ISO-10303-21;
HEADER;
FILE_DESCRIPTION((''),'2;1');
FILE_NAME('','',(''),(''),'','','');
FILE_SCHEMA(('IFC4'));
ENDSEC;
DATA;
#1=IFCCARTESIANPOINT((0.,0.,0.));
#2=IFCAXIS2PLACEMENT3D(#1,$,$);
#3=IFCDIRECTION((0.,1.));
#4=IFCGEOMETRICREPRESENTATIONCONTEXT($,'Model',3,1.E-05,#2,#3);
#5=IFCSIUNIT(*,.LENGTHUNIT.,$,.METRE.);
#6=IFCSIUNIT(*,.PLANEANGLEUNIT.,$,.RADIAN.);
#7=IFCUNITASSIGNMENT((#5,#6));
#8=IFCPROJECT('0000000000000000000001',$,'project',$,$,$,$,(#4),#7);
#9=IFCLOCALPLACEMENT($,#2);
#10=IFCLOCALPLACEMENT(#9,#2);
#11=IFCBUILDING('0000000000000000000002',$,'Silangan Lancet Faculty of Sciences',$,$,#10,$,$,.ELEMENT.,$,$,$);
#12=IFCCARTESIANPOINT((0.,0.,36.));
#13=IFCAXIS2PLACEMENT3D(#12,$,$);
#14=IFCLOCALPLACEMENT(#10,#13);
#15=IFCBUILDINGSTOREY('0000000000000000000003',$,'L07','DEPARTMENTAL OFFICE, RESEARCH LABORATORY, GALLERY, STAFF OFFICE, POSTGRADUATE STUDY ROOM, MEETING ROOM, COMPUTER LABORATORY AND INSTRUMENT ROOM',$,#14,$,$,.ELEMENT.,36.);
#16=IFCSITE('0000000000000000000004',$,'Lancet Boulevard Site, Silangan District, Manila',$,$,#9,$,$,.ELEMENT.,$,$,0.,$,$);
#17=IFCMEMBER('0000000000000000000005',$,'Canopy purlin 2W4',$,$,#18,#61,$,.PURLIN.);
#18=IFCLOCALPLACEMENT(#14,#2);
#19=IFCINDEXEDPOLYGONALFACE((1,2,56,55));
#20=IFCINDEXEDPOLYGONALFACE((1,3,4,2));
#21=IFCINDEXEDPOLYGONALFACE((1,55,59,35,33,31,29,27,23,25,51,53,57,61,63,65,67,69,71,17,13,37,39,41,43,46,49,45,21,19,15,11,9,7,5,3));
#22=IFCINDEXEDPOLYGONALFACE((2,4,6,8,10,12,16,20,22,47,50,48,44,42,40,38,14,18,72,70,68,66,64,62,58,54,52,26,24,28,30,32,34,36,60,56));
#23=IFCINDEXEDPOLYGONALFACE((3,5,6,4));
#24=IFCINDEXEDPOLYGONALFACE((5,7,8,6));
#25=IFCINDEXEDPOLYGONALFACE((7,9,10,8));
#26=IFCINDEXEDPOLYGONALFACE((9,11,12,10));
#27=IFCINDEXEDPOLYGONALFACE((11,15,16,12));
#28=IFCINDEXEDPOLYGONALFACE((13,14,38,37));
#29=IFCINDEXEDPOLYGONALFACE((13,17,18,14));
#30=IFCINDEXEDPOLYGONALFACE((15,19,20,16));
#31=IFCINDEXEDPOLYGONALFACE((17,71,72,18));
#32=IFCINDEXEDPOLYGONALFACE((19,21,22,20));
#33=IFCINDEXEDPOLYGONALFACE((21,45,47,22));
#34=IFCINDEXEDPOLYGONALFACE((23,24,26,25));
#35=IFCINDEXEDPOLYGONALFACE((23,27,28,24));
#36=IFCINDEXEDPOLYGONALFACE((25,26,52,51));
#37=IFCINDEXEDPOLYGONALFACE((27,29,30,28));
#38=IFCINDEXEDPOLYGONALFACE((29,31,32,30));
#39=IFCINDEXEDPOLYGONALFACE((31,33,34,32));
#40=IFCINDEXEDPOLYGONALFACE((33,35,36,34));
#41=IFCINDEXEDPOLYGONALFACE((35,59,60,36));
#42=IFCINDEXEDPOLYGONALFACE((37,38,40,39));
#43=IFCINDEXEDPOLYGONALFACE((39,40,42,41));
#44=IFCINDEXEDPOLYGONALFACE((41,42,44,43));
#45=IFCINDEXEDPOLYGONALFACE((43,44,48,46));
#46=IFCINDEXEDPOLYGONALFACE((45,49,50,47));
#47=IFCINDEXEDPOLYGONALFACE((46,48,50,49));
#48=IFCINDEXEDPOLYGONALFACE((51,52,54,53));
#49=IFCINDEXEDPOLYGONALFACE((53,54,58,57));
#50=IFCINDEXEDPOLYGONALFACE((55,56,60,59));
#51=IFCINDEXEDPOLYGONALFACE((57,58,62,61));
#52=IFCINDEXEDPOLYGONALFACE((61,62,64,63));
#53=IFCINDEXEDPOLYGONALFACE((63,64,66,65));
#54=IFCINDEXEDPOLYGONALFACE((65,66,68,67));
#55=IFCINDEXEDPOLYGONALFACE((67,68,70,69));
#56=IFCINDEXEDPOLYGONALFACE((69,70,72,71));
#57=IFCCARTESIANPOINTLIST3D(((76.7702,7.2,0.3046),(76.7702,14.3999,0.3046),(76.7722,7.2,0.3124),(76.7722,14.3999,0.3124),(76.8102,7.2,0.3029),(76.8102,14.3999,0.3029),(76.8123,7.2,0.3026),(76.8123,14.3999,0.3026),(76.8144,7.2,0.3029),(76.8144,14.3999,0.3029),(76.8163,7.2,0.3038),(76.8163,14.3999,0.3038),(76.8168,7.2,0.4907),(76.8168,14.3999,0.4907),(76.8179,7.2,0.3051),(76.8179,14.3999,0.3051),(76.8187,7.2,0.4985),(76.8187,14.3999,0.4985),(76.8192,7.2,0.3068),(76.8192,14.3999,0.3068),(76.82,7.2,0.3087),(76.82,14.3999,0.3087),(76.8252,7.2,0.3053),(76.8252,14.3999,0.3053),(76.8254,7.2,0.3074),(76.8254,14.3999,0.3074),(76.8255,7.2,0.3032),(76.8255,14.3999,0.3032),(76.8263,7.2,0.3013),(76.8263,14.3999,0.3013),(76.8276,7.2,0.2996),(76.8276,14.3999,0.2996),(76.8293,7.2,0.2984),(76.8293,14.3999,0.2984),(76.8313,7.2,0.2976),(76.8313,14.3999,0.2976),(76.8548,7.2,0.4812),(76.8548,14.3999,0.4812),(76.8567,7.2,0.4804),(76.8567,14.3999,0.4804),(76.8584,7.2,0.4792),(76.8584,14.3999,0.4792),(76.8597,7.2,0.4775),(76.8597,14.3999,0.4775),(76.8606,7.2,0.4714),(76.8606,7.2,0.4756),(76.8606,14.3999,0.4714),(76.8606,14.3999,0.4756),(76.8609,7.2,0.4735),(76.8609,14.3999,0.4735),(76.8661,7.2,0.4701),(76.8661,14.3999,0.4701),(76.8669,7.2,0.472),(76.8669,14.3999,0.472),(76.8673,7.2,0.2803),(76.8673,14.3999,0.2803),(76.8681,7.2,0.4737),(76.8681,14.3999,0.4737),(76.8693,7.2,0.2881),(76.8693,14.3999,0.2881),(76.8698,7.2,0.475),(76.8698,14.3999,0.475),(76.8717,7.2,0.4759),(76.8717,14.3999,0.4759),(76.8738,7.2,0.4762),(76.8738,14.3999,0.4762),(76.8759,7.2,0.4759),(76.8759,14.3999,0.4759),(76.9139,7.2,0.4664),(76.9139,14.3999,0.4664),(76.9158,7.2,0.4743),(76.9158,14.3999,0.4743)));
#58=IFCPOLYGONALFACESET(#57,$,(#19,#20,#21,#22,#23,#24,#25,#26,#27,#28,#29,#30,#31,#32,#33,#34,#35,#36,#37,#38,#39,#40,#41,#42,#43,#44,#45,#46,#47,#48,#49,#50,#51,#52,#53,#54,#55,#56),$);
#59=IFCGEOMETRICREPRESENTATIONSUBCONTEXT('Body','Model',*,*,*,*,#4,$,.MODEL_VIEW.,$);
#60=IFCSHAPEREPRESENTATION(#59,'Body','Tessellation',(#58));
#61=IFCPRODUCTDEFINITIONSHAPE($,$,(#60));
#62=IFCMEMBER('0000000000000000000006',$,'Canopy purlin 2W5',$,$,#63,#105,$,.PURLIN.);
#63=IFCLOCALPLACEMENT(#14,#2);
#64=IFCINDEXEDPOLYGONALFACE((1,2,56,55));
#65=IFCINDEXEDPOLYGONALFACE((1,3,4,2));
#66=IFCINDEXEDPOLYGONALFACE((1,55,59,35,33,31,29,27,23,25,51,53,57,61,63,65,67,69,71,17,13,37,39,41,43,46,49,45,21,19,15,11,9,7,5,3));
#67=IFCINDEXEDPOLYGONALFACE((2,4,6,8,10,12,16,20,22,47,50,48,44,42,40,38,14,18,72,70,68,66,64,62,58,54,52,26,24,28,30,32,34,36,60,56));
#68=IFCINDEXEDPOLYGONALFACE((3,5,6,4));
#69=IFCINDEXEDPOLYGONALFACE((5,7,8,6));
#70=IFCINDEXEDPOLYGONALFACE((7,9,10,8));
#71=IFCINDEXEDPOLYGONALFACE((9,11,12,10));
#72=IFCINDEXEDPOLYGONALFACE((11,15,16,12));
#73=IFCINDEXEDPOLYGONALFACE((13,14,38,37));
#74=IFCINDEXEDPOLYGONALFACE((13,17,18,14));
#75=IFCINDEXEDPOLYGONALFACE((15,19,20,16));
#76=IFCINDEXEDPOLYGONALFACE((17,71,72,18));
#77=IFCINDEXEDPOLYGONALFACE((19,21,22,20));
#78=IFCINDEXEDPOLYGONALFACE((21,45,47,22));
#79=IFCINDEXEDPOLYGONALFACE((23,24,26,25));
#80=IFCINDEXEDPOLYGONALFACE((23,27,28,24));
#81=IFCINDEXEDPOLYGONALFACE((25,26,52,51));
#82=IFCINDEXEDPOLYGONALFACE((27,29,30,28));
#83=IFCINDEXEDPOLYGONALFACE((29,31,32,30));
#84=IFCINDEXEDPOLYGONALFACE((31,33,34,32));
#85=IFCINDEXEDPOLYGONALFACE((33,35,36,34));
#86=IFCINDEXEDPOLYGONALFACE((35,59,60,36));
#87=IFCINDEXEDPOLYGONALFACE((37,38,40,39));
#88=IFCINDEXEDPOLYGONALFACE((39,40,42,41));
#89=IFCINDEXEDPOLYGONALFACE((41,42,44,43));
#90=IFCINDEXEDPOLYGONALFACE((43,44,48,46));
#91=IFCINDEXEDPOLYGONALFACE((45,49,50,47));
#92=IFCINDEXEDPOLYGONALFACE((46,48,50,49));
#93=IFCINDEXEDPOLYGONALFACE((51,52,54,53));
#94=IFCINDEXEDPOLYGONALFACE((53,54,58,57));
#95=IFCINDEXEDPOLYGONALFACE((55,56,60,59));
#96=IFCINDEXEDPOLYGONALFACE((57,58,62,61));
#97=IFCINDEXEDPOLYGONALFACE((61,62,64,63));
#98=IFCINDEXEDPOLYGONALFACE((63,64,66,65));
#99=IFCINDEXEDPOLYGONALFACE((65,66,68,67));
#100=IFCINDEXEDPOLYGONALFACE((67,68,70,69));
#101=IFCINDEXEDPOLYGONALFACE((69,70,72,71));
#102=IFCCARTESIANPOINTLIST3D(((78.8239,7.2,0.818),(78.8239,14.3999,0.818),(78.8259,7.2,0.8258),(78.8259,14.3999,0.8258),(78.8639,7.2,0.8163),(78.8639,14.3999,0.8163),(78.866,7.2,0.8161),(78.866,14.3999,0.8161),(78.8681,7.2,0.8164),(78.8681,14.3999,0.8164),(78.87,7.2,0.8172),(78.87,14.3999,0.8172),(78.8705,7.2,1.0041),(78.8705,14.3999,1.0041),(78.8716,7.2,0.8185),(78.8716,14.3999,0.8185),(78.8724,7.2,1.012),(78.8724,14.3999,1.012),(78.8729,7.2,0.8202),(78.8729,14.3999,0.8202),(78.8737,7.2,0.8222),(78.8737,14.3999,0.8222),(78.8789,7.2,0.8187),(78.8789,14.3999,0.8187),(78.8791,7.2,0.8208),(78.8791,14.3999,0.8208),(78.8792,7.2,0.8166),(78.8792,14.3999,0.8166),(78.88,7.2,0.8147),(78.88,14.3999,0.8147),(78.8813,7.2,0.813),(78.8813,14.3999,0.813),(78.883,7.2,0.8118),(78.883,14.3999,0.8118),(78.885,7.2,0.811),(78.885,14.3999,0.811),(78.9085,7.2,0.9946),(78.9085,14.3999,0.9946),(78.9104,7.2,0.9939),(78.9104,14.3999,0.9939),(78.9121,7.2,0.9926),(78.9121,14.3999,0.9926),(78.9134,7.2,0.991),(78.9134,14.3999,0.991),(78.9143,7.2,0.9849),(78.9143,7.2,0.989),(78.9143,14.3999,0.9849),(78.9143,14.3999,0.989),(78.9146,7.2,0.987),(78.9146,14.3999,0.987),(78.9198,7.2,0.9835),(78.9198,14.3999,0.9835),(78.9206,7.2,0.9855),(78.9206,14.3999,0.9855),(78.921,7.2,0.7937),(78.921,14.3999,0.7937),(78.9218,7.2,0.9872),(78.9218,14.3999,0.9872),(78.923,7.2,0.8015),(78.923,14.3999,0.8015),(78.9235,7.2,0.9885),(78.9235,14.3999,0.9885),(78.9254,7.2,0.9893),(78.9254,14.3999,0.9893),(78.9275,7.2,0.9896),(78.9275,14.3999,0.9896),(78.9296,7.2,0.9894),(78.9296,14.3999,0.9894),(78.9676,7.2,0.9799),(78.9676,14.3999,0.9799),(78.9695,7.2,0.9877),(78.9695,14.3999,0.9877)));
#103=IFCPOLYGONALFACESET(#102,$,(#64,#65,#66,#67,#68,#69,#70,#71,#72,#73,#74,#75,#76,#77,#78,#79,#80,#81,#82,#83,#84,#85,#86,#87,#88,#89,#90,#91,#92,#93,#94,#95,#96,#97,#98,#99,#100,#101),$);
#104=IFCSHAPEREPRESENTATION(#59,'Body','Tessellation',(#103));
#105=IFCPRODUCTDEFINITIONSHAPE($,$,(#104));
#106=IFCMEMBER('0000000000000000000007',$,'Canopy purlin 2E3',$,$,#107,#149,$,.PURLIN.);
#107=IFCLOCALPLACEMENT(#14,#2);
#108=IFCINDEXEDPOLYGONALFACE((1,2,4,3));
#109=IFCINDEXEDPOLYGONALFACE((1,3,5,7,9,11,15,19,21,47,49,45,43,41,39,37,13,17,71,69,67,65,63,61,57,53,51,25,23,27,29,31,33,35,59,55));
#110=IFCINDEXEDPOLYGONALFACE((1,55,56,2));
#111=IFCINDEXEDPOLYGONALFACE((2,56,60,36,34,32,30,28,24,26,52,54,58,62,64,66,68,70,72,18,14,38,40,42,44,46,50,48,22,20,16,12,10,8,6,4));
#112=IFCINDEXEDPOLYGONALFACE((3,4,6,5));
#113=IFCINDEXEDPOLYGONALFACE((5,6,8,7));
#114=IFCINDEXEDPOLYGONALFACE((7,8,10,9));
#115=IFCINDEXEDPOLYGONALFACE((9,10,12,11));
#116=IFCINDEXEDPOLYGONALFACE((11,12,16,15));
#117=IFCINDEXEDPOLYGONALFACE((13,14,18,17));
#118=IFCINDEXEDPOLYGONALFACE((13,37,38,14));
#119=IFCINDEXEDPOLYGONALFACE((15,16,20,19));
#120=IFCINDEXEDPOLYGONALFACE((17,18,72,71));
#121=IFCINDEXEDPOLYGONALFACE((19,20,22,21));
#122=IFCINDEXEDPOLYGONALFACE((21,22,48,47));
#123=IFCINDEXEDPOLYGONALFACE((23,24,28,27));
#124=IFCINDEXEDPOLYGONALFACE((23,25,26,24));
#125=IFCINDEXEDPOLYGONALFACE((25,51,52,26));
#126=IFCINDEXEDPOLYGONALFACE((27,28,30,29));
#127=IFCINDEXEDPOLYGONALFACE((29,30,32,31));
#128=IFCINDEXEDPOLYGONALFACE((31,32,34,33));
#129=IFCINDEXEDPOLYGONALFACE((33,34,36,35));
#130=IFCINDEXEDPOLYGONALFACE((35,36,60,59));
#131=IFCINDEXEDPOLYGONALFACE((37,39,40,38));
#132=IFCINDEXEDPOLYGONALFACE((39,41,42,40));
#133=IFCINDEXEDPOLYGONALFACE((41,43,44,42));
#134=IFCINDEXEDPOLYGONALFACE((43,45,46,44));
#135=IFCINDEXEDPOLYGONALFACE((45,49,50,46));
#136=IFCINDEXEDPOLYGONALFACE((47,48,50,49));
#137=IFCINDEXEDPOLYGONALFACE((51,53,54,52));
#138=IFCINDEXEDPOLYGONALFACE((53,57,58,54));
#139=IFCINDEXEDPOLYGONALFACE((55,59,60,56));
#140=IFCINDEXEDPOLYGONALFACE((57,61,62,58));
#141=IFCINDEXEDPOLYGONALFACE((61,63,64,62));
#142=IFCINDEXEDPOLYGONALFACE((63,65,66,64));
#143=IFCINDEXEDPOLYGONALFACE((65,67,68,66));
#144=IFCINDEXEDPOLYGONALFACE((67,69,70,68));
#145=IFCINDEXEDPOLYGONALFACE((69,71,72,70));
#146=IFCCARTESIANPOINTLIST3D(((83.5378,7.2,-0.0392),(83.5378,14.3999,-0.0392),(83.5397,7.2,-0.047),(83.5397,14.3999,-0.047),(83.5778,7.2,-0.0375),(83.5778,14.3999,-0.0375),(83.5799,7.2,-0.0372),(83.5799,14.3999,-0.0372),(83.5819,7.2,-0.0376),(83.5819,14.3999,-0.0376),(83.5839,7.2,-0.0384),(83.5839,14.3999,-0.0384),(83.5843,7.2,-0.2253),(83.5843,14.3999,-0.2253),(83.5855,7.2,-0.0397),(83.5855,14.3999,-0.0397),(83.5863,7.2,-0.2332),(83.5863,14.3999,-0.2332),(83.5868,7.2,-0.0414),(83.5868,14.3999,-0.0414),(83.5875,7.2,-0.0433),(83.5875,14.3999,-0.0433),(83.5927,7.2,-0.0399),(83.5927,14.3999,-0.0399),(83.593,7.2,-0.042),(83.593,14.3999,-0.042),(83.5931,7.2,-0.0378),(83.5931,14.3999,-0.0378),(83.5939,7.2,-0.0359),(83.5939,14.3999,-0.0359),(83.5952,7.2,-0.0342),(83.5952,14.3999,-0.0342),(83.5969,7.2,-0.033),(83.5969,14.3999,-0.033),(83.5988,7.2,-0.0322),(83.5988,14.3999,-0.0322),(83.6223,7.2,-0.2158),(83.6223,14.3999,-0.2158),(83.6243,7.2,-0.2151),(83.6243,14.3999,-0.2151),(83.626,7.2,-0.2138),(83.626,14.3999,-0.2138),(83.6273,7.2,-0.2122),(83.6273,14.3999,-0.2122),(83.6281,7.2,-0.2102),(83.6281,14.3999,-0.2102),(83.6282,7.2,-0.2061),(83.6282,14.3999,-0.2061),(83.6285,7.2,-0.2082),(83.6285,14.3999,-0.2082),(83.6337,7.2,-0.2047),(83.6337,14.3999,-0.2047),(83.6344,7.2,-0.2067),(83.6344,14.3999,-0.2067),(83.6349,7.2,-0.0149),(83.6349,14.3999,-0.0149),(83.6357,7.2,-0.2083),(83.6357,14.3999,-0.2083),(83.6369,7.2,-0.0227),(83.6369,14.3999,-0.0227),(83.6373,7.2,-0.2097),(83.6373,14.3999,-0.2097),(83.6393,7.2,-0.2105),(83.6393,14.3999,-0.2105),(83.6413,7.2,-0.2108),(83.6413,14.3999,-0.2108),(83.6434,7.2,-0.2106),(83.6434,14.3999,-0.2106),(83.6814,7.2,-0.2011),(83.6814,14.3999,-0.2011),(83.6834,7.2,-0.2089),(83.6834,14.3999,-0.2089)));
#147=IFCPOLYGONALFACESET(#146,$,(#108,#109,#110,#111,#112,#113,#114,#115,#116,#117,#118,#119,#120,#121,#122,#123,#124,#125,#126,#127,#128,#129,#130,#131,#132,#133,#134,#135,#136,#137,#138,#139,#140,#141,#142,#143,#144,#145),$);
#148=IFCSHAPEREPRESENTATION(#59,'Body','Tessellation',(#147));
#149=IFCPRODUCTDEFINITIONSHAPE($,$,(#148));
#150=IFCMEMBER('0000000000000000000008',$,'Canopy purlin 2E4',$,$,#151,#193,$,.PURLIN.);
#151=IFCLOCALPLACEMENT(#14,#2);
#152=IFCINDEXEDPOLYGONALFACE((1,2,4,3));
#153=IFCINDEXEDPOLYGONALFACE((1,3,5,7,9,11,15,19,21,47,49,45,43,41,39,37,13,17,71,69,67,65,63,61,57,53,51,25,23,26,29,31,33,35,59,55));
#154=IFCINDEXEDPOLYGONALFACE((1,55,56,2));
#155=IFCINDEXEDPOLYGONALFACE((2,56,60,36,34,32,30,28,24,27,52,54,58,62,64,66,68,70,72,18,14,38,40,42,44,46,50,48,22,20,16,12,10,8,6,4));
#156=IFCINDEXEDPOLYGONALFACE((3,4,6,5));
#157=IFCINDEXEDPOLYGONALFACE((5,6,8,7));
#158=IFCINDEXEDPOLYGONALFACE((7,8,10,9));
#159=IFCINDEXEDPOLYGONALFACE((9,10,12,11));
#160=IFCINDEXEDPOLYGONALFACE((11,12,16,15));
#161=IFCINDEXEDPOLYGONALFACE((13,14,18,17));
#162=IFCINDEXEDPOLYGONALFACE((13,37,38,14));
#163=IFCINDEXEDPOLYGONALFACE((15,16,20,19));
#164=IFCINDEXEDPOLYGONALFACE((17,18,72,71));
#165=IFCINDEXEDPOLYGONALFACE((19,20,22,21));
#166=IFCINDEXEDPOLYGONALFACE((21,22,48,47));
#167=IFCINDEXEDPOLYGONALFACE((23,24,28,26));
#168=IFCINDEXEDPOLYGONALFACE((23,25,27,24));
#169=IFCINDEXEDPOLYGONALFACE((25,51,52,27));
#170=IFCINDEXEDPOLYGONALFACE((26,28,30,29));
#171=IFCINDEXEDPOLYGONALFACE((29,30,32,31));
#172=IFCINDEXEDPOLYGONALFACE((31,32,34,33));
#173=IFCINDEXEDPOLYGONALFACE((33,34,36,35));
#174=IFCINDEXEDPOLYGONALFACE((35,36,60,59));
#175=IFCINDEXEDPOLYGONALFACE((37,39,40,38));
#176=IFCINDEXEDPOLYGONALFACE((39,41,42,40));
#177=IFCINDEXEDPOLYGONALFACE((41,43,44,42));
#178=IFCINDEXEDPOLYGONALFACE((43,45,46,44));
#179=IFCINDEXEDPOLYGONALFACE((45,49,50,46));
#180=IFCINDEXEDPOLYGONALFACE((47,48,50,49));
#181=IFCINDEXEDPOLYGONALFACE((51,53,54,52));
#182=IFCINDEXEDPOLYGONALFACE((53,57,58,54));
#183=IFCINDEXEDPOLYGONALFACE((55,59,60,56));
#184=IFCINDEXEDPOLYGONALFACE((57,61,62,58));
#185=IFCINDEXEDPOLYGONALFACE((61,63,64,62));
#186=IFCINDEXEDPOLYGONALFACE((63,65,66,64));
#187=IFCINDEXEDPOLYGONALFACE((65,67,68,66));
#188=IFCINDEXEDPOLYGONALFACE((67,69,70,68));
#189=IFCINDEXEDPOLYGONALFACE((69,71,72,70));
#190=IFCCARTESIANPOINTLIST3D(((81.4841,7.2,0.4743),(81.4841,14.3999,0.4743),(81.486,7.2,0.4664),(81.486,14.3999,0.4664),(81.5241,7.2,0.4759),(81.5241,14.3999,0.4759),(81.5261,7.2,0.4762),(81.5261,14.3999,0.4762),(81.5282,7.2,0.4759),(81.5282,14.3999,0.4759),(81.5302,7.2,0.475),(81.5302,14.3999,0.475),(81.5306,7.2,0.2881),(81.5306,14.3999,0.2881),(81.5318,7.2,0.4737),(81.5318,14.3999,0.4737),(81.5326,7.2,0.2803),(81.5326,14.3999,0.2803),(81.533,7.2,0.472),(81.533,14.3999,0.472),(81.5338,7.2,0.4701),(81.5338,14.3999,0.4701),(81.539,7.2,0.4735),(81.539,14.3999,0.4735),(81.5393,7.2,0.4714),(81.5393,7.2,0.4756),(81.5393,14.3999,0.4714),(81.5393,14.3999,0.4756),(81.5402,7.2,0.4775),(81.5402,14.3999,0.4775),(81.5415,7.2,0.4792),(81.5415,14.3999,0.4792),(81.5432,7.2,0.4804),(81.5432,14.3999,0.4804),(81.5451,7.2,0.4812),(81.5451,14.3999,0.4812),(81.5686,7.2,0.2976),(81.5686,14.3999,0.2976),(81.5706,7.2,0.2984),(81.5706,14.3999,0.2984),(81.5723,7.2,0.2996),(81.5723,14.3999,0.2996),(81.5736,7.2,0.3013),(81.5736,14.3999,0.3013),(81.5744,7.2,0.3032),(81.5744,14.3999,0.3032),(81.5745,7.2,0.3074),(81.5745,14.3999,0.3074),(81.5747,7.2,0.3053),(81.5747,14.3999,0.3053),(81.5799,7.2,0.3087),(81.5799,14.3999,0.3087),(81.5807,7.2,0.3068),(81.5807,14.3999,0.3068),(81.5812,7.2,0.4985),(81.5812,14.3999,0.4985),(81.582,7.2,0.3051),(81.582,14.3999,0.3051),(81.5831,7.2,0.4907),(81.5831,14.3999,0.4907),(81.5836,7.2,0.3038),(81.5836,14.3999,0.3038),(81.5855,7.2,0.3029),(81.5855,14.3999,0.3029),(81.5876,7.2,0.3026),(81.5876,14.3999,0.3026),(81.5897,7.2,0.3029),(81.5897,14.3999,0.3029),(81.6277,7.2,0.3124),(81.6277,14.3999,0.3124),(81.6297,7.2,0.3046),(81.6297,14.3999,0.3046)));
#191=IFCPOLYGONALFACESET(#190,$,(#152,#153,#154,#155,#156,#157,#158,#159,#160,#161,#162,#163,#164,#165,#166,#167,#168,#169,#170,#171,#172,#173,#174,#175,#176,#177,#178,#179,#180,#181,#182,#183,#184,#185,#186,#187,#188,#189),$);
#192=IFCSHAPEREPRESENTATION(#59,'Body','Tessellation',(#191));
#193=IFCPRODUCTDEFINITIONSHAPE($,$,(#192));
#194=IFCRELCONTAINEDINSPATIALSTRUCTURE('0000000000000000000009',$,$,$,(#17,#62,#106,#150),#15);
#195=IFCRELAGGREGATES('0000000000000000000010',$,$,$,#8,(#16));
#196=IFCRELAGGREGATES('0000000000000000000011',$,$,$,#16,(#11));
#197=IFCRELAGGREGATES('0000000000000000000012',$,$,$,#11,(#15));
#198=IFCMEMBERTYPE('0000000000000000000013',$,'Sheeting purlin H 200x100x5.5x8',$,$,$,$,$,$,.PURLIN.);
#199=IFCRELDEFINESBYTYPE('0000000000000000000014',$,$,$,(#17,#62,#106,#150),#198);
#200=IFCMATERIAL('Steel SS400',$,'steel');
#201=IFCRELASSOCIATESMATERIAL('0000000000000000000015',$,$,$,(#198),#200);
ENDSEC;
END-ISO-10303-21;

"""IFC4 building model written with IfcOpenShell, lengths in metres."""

from ifc_helpers import new_model, si_unit, direction, frame, origin, origin_2d, place, context, subcontext, project, spatial, i_section, extrude, material, material_profile, profile_set, type_object, element, save


model = new_model("IFC4")

# Units and contexts
model_context = context("Model", 3, precision=1e-05, world=origin(), true_north=direction((0.0, 1.0)))
body_context = subcontext(model_context, "Body", "Model", "MODEL_VIEW")
ifc_project = project(units=[si_unit("LENGTHUNIT", "METRE"), si_unit("PLANEANGLEUNIT", "RADIAN")], contexts=[model_context])

# Site, building, storey
site_placement = place(None, origin())
site = spatial("IfcSite", under=ifc_project, at=site_placement, Name="Lancet Boulevard Site, Silangan District, Manila", CompositionType="ELEMENT", RefElevation=0.0)
building_placement = place(site_placement, origin())
building = spatial("IfcBuilding", under=site, at=building_placement, Name="Silangan Lancet Faculty of Sciences", CompositionType="ELEMENT")
storey_placement = place(building_placement, frame((0.0, 0.0, 36.0)))
storey = spatial("IfcBuildingStorey", under=building, at=storey_placement, Name="L07", Description="DEPARTMENTAL OFFICE, RESEARCH LABORATORY, GALLERY, STAFF OFFICE, POSTGRADUATE STUDY ROOM, MEETING ROOM, COMPUTER LABORATORY AND INSTRUMENT ROOM", CompositionType="ELEMENT", Elevation=36.0)

# Members
ifc_material_1 = material(Name="Steel SS400", Category="steel")
ifc_material_profile_1 = material_profile(ifc_material_1, i_section(OverallWidth=0.1001, OverallDepth=0.2, WebThickness=0.0056, FlangeThickness=0.0081, FilletRadius=0.0081, at=origin_2d()), Name="H 200x100x5.5x8")
ifc_profile_set_1 = profile_set([ifc_material_profile_1], Name="Steel SS400")
member_type_1 = type_object("IfcMemberType", Name="Sheeting purlin H 200x100x5.5x8", PredefinedType="PURLIN", material=ifc_profile_set_1)
for number, where, z_axis, x_axis, name in (
    (1, (76.843, 7.2, 0.3894), (0.0, 1.0, 0.0), (-0.970143, 0.0, 0.242536), "Canopy purlin 2W4"),
    (2, (78.8967, 7.2, 0.9028), (0.0, 1.0, 0.0), (-0.970143, 0.0, 0.242536), "Canopy purlin 2W5"),
    (3, (83.6106, 7.2, -0.124), (0.0, 1.0, 0.0), (-0.970143, 0.0, -0.242536), "Canopy purlin 2E3"),
    (4, (81.5569, 7.2, 0.3894), (0.0, 1.0, 0.0), (-0.970143, 0.0, -0.242536), "Canopy purlin 2E4"),
):
    element("IfcMember", number, at=place(storey_placement, frame(where, z_axis=z_axis, x_axis=x_axis)), inside=storey, type_object=member_type_1, Name=name, PredefinedType="PURLIN", context=body_context, shape_type="SweptSolid", body=[
        extrude(i_section(OverallWidth=0.1001, OverallDepth=0.2, WebThickness=0.0056, FlangeThickness=0.0081, FilletRadius=0.0081, at=origin_2d()), origin(), (0.0, 0.0, 1.0), 7.2),
    ])

save(model, "model.ifc")
